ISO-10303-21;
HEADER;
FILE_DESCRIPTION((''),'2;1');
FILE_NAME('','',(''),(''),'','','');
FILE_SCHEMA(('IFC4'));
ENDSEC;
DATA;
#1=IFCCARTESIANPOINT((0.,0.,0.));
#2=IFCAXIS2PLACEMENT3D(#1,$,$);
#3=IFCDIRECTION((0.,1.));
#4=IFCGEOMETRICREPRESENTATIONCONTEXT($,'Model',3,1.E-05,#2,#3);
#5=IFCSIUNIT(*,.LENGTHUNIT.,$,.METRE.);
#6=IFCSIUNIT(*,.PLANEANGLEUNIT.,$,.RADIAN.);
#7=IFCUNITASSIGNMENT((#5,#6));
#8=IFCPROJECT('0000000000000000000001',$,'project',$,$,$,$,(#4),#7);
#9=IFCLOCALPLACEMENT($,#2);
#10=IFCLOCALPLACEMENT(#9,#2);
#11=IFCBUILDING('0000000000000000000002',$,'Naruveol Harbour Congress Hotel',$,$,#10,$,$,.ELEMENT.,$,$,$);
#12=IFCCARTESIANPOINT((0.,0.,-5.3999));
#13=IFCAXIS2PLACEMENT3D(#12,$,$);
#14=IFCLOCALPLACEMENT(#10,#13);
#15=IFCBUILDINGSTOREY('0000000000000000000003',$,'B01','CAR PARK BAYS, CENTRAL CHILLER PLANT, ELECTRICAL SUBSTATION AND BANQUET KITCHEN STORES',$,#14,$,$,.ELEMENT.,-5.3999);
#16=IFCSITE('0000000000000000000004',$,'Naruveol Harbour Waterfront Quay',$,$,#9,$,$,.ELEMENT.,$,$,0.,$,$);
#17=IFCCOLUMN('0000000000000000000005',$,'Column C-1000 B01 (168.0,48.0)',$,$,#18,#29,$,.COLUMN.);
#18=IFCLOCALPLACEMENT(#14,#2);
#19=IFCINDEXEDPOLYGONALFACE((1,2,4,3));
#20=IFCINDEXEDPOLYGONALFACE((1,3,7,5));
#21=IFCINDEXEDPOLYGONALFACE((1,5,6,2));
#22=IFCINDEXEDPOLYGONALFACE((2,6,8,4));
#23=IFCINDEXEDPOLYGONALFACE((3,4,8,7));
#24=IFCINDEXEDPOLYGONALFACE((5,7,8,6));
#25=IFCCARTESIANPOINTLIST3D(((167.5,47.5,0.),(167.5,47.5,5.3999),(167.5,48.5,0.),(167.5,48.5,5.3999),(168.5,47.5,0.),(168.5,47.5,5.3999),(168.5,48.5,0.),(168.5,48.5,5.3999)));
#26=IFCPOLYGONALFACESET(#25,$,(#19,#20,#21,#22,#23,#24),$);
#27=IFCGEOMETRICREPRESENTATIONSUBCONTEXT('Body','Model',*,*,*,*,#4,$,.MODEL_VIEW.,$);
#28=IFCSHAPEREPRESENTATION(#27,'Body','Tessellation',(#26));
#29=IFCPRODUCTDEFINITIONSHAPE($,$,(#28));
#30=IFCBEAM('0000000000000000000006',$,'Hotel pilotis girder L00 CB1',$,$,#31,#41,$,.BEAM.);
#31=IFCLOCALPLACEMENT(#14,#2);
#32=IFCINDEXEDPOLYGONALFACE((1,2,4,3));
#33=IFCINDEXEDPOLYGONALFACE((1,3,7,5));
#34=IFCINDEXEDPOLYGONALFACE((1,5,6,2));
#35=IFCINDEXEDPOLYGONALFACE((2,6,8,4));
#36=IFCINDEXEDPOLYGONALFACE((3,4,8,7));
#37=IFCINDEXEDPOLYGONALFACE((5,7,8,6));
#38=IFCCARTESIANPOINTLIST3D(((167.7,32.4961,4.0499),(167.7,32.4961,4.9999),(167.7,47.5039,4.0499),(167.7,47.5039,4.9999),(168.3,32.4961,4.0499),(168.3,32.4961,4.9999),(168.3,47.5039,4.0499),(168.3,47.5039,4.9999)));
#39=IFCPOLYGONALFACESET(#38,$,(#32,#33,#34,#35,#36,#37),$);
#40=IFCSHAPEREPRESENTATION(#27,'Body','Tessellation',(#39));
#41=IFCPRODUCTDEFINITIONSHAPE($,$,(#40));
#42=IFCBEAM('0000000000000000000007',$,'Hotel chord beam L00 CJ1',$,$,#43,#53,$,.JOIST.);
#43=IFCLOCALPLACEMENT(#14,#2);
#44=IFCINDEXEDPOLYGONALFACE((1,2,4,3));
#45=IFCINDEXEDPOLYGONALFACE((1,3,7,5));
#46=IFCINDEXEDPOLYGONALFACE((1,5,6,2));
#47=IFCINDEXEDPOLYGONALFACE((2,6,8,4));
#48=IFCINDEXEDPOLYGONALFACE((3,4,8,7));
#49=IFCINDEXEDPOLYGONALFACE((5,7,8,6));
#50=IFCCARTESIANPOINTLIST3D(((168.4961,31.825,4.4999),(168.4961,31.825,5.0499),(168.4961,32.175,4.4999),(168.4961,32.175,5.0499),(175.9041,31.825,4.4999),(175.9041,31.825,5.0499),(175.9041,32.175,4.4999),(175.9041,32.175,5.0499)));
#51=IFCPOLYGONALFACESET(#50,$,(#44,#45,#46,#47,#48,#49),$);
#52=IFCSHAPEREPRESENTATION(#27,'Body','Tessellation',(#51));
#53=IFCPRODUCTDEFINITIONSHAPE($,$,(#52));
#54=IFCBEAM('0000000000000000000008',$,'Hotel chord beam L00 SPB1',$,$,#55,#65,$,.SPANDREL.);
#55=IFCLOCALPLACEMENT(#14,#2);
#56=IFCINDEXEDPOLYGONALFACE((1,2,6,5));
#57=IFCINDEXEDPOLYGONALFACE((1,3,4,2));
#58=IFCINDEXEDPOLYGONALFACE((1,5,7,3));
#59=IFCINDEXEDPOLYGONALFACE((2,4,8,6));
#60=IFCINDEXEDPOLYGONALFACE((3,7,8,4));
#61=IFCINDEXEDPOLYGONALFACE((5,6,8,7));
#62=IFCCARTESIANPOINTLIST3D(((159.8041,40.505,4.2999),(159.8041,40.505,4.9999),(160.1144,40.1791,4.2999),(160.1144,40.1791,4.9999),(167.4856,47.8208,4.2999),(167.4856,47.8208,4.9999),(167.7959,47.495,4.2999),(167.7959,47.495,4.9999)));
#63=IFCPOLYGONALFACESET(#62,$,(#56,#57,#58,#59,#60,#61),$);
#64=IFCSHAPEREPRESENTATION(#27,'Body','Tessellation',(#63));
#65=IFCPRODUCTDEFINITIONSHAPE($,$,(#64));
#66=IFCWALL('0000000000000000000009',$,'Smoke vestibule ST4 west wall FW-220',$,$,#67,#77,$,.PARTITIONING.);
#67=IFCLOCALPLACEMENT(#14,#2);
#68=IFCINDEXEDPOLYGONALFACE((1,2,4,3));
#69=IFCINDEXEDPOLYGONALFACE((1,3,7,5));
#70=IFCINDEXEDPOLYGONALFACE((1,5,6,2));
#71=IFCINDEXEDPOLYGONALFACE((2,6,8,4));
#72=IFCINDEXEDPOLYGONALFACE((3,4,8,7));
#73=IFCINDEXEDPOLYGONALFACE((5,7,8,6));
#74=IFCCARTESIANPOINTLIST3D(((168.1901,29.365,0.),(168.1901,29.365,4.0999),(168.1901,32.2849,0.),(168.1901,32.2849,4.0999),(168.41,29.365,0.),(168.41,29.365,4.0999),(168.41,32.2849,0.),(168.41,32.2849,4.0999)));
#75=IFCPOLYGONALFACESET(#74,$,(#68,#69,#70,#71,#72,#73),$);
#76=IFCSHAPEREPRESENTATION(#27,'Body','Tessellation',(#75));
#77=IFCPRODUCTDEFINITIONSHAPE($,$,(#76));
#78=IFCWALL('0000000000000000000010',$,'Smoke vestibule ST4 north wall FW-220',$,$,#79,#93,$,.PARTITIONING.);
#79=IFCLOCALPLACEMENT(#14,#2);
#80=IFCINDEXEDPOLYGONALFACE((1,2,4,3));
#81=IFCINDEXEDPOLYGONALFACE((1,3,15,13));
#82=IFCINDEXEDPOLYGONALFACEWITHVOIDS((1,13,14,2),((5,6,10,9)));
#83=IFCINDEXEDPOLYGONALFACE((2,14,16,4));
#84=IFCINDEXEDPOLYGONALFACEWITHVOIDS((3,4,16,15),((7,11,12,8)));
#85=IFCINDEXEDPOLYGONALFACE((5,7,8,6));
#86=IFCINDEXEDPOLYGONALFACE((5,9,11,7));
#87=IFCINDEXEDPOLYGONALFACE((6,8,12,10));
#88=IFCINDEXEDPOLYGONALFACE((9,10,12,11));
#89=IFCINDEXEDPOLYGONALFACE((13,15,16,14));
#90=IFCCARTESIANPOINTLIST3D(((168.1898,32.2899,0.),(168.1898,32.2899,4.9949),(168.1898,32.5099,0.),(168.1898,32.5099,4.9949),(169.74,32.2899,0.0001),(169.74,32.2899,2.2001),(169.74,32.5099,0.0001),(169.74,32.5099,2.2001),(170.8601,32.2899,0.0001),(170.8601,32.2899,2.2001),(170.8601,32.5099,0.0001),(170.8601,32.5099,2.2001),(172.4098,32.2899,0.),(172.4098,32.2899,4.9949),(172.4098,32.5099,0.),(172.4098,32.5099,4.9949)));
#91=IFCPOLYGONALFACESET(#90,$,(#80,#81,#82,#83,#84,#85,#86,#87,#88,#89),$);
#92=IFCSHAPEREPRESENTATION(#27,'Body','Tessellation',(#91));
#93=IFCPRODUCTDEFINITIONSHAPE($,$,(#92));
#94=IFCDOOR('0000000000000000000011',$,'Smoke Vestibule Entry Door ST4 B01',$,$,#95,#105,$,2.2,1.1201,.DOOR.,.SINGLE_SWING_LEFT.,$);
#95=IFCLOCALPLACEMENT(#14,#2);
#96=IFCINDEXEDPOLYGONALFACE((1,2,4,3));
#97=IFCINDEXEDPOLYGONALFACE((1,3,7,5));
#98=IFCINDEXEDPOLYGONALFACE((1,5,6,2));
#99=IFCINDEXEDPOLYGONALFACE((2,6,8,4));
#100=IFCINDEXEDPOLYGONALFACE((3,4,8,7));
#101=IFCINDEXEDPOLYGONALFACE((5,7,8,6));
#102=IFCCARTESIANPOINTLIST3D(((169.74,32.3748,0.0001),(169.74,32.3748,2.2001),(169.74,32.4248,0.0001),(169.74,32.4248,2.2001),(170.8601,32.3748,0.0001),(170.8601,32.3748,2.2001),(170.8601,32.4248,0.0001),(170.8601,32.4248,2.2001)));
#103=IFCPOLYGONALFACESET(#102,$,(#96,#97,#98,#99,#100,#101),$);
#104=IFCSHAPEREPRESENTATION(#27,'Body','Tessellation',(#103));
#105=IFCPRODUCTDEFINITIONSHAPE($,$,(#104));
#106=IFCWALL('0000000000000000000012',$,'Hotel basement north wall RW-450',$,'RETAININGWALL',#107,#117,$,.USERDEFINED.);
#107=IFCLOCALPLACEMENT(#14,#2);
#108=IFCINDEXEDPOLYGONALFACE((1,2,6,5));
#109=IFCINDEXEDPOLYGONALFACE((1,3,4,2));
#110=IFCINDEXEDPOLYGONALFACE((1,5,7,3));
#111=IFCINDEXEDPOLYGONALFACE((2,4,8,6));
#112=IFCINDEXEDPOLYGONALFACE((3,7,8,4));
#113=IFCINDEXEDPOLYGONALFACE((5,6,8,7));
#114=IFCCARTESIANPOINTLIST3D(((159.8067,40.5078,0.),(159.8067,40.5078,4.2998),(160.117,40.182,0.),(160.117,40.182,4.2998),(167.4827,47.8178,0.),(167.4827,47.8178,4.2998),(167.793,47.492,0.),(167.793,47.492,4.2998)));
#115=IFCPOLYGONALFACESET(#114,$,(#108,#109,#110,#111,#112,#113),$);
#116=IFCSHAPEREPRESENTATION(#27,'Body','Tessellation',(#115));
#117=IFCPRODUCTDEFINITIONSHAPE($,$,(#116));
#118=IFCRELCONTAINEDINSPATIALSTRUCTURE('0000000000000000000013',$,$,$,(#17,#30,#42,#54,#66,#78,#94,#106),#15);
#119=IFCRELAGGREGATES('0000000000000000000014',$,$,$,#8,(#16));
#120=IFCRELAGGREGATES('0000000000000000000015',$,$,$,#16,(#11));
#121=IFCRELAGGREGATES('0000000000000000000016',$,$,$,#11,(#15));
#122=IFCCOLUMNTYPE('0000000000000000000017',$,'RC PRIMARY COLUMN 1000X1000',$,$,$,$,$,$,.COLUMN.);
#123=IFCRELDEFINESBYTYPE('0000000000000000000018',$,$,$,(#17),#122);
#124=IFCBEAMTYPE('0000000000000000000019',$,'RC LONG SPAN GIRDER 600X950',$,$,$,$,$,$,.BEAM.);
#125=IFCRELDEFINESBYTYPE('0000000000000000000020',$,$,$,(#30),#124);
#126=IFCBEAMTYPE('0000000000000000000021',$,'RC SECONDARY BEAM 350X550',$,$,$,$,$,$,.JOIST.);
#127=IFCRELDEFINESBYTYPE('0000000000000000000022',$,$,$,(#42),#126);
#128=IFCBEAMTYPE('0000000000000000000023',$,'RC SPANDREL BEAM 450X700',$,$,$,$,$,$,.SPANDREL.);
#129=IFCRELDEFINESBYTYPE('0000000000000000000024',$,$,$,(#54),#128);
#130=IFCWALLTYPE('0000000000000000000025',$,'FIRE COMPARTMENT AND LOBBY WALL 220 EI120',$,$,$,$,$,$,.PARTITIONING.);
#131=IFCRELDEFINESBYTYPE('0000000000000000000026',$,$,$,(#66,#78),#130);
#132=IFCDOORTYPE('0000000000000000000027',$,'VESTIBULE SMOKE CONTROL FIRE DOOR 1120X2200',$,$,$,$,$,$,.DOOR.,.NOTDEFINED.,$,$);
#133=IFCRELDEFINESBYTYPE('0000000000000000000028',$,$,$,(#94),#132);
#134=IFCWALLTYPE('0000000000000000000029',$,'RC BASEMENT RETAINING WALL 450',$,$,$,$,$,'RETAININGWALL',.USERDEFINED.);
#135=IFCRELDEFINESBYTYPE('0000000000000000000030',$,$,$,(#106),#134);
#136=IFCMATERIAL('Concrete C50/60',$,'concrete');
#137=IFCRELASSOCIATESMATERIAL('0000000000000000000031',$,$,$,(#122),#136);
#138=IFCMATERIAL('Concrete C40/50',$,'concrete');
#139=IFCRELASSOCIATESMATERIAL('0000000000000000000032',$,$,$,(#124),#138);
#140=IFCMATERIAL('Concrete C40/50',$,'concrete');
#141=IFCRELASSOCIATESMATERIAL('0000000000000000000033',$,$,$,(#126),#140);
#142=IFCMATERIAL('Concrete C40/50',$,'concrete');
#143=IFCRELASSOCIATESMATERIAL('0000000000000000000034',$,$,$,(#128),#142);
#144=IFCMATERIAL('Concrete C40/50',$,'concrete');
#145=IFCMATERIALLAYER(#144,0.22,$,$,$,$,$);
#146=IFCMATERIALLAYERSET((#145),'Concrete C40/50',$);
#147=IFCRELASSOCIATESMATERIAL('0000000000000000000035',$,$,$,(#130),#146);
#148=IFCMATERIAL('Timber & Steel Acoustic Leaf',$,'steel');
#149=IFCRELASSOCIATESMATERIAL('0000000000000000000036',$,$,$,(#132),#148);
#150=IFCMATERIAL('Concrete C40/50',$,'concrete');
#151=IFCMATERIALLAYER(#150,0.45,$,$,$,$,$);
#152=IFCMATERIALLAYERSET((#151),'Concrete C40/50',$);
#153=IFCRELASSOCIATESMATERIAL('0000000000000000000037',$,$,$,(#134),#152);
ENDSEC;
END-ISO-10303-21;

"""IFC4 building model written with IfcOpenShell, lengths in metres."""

from ifc_helpers import new_model, si_unit, direction, frame, frame_2d, origin, origin_2d, place, context, subcontext, project, spatial, rectangle, extrude, material, layer, layer_set, material_profile, profile_set, type_object, element, fill, save


model = new_model("IFC4")

# Units and contexts
model_context = context("Model", 3, precision=1e-05, world=origin(), true_north=direction((0.0, 1.0)))
body_context = subcontext(model_context, "Body", "Model", "MODEL_VIEW")
ifc_project = project(units=[si_unit("LENGTHUNIT", "METRE"), si_unit("PLANEANGLEUNIT", "RADIAN")], contexts=[model_context])

# Site, building, storey
site_placement = place(None, origin())
site = spatial("IfcSite", under=ifc_project, at=site_placement, Name="Naruveol Harbour Waterfront Quay", CompositionType="ELEMENT", RefElevation=0.0)
building_placement = place(site_placement, origin())
building = spatial("IfcBuilding", under=site, at=building_placement, Name="Naruveol Harbour Congress Hotel", CompositionType="ELEMENT")
storey_placement = place(building_placement, frame((0.0, 0.0, -5.3999)))
storey = spatial("IfcBuildingStorey", under=building, at=storey_placement, Name="B01", Description="CAR PARK BAYS, CENTRAL CHILLER PLANT, ELECTRICAL SUBSTATION AND BANQUET KITCHEN STORES", CompositionType="ELEMENT", Elevation=-5.3999)

# Column
ifc_material_1 = material(Name="Concrete C50/60", Category="concrete")
ifc_material_profile_1 = material_profile(ifc_material_1, rectangle(XDim=1.0, YDim=1.0, at=origin_2d()), Name="RC-1000x1000")
ifc_profile_set_1 = profile_set([ifc_material_profile_1], Name="Concrete C50/60")
column_type = type_object("IfcColumnType", Name="RC PRIMARY COLUMN 1000X1000", PredefinedType="COLUMN", material=ifc_profile_set_1)
for number, where, z_axis, x_axis, name in (
    (1, (168.0, 48.0, 0.0), (0.0, 0.0, 1.0), (1.0, 0.0, 0.0), "Column C-1000 B01 (168.0,48.0)"),
):
    element("IfcColumn", number, at=place(storey_placement, frame(where, z_axis=z_axis, x_axis=x_axis)), inside=storey, type_object=column_type, Name=name, PredefinedType="COLUMN", context=body_context, shape_type="SweptSolid", body=[
        extrude(rectangle(XDim=1.0, YDim=1.0, at=origin_2d()), origin(), (0.0, 0.0, 1.0), 5.3999),
    ])

# Beams
ifc_material_2 = material(Name="Concrete C40/50", Category="concrete")
ifc_material_profile_2 = material_profile(ifc_material_2, rectangle(XDim=0.6001, YDim=0.95, at=origin_2d()), Name="RCB-600x950")
ifc_profile_set_2 = profile_set([ifc_material_profile_2], Name="Concrete C40/50")
beam_type_1 = type_object("IfcBeamType", Name="RC LONG SPAN GIRDER 600X950", PredefinedType="BEAM", material=ifc_profile_set_2)
beam_1_placement = place(storey_placement, frame((168.0, 32.4961, 4.5249), z_axis=(0.0, 1.0, 0.0), x_axis=(-1.0, 0.0, 0.0)))
element("IfcBeam", 2, at=beam_1_placement, inside=storey, type_object=beam_type_1, Name="Hotel pilotis girder L00 CB1", PredefinedType="BEAM", context=body_context, shape_type="SweptSolid", body=[
    extrude(rectangle(XDim=0.6001, YDim=0.95, at=origin_2d()), origin(), (0.0, 0.0, 1.0), 15.0078),
])
ifc_material_3 = material(Name="Concrete C40/50", Category="concrete")
ifc_material_profile_3 = material_profile(ifc_material_3, rectangle(XDim=0.3501, YDim=0.55, at=origin_2d()), Name="RCB-350x550")
ifc_profile_set_3 = profile_set([ifc_material_profile_3], Name="Concrete C40/50")
beam_type_2 = type_object("IfcBeamType", Name="RC SECONDARY BEAM 350X550", PredefinedType="JOIST", material=ifc_profile_set_3)
beam_2_placement = place(storey_placement, frame((168.4961, 32.0, 4.7749), z_axis=(1.0, 0.0, 0.0), x_axis=(0.0, 1.0, 0.0)))
element("IfcBeam", 3, at=beam_2_placement, inside=storey, type_object=beam_type_2, Name="Hotel chord beam L00 CJ1", PredefinedType="JOIST", context=body_context, shape_type="SweptSolid", body=[
    extrude(rectangle(XDim=0.3501, YDim=0.55, at=origin_2d()), origin(), (0.0, 0.0, 1.0), 7.408),
])
ifc_material_4 = material(Name="Concrete C40/50", Category="concrete")
ifc_material_profile_4 = material_profile(ifc_material_4, rectangle(XDim=0.45, YDim=0.7, at=origin_2d()), Name="RCB-450x700")
ifc_profile_set_4 = profile_set([ifc_material_profile_4], Name="Concrete C40/50")
beam_type_3 = type_object("IfcBeamType", Name="RC SPANDREL BEAM 450X700", PredefinedType="SPANDREL", material=ifc_profile_set_4)
beam_3_placement = place(storey_placement, frame((159.9592, 40.342, 4.6499), z_axis=(0.724135, 0.689659, 0.0), x_axis=(-0.689659, 0.724135, 0.0)))
element("IfcBeam", 4, at=beam_3_placement, inside=storey, type_object=beam_type_3, Name="Hotel chord beam L00 SPB1", PredefinedType="SPANDREL", context=body_context, shape_type="SweptSolid", body=[
    extrude(rectangle(XDim=0.45, YDim=0.7, at=origin_2d()), origin(), (0.0, 0.0, 1.0), 10.6079),
])

# Wall
ifc_material_5 = material(Name="Concrete C40/50", Category="concrete")
ifc_layer_1 = layer(ifc_material_5, 0.22)
ifc_layer_set_1 = layer_set([ifc_layer_1], Name="Concrete C40/50")
wall_type_1 = type_object("IfcWallType", Name="FIRE COMPARTMENT AND LOBBY WALL 220 EI120", PredefinedType="PARTITIONING", material=ifc_layer_set_1)
wall_1_placement = place(storey_placement, frame((168.3, 29.365, 0.0), z_axis=(0.0, 0.0, 1.0), x_axis=(0.0, 1.0, 0.0)))
element("IfcWall", 5, at=wall_1_placement, inside=storey, type_object=wall_type_1, Name="Smoke vestibule ST4 west wall FW-220", PredefinedType="PARTITIONING", context=body_context, shape_type="SweptSolid", body=[
    extrude(rectangle(XDim=2.9199, YDim=0.22, at=frame_2d((1.46, 0.0))), origin(), (0.0, 0.0, 1.0), 4.0999),
])

# Wall, opening, door
wall_2_placement = place(storey_placement, frame((168.1899, 32.3999, 0.0), z_axis=(0.0, 0.0, 1.0), x_axis=(1.0, 0.0, 0.0)))
wall_2 = element("IfcWall", 6, at=wall_2_placement, inside=storey, type_object=wall_type_1, Name="Smoke vestibule ST4 north wall FW-220", PredefinedType="PARTITIONING", context=body_context, shape_type="SweptSolid", body=[
    extrude(rectangle(XDim=4.22, YDim=0.22, at=frame_2d((2.1099, 0.0))), origin(), (0.0, 0.0, 1.0), 4.9949),
])
opening_placement = place(wall_2_placement, frame((1.55, 0.0, 0.0)))
opening = element("IfcOpeningElement", 7, at=opening_placement, cuts=wall_2, PredefinedType="OPENING", context=body_context, shape_type="SweptSolid", body=[
    extrude(rectangle(XDim=1.1201, YDim=2.2, at=frame_2d((0.5601, 1.1001))), frame((0.0, 0.1199, 0.0), z_axis=(0.0, -1.0, 0.0), x_axis=(1.0, 0.0, 0.0)), (0.0, 0.0, 1.0), 0.24),
])
ifc_material_6 = material(Name="Timber & Steel Acoustic Leaf", Category="steel")
door_type = type_object("IfcDoorType", Name="VESTIBULE SMOKE CONTROL FIRE DOOR 1120X2200", OperationType="NOTDEFINED", PredefinedType="DOOR", material=ifc_material_6)
door_placement = place(opening_placement, origin())
door = element("IfcDoor", 8, at=door_placement, inside=storey, type_object=door_type, Name="Smoke Vestibule Entry Door ST4 B01", OperationType="SINGLE_SWING_LEFT", OverallHeight=2.2, OverallWidth=1.1201, PredefinedType="DOOR", context=body_context, shape_type="SweptSolid", body=[
    extrude(rectangle(XDim=1.1201, YDim=2.2, at=frame_2d((0.5601, 1.1001))), frame((0.0, 0.0249, 0.0), z_axis=(0.0, -1.0, 0.0), x_axis=(1.0, 0.0, 0.0)), (0.0, 0.0, 1.0), 0.05),
])
fill(opening, door)

# Wall
ifc_material_7 = material(Name="Concrete C40/50", Category="concrete")
ifc_layer_2 = layer(ifc_material_7, 0.45)
ifc_layer_set_2 = layer_set([ifc_layer_2], Name="Concrete C40/50")
wall_type_2 = type_object("IfcWallType", Name="RC BASEMENT RETAINING WALL 450", ElementType="RETAININGWALL", PredefinedType="USERDEFINED", material=ifc_layer_set_2)
wall_3_placement = place(storey_placement, frame((159.9619, 40.345, 0.0), z_axis=(0.0, 0.0, 1.0), x_axis=(0.724159, 0.689633, 0.0)))
element("IfcWall", 9, at=wall_3_placement, inside=storey, type_object=wall_type_2, Name="Hotel basement north wall RW-450", ObjectType="RETAININGWALL", PredefinedType="USERDEFINED", context=body_context, shape_type="SweptSolid", body=[
    extrude(rectangle(XDim=10.5999, YDim=0.45, at=frame_2d((5.2998, 0.0))), origin(), (0.0, 0.0, 1.0), 4.2998),
])

save(model, "model.ifc")
